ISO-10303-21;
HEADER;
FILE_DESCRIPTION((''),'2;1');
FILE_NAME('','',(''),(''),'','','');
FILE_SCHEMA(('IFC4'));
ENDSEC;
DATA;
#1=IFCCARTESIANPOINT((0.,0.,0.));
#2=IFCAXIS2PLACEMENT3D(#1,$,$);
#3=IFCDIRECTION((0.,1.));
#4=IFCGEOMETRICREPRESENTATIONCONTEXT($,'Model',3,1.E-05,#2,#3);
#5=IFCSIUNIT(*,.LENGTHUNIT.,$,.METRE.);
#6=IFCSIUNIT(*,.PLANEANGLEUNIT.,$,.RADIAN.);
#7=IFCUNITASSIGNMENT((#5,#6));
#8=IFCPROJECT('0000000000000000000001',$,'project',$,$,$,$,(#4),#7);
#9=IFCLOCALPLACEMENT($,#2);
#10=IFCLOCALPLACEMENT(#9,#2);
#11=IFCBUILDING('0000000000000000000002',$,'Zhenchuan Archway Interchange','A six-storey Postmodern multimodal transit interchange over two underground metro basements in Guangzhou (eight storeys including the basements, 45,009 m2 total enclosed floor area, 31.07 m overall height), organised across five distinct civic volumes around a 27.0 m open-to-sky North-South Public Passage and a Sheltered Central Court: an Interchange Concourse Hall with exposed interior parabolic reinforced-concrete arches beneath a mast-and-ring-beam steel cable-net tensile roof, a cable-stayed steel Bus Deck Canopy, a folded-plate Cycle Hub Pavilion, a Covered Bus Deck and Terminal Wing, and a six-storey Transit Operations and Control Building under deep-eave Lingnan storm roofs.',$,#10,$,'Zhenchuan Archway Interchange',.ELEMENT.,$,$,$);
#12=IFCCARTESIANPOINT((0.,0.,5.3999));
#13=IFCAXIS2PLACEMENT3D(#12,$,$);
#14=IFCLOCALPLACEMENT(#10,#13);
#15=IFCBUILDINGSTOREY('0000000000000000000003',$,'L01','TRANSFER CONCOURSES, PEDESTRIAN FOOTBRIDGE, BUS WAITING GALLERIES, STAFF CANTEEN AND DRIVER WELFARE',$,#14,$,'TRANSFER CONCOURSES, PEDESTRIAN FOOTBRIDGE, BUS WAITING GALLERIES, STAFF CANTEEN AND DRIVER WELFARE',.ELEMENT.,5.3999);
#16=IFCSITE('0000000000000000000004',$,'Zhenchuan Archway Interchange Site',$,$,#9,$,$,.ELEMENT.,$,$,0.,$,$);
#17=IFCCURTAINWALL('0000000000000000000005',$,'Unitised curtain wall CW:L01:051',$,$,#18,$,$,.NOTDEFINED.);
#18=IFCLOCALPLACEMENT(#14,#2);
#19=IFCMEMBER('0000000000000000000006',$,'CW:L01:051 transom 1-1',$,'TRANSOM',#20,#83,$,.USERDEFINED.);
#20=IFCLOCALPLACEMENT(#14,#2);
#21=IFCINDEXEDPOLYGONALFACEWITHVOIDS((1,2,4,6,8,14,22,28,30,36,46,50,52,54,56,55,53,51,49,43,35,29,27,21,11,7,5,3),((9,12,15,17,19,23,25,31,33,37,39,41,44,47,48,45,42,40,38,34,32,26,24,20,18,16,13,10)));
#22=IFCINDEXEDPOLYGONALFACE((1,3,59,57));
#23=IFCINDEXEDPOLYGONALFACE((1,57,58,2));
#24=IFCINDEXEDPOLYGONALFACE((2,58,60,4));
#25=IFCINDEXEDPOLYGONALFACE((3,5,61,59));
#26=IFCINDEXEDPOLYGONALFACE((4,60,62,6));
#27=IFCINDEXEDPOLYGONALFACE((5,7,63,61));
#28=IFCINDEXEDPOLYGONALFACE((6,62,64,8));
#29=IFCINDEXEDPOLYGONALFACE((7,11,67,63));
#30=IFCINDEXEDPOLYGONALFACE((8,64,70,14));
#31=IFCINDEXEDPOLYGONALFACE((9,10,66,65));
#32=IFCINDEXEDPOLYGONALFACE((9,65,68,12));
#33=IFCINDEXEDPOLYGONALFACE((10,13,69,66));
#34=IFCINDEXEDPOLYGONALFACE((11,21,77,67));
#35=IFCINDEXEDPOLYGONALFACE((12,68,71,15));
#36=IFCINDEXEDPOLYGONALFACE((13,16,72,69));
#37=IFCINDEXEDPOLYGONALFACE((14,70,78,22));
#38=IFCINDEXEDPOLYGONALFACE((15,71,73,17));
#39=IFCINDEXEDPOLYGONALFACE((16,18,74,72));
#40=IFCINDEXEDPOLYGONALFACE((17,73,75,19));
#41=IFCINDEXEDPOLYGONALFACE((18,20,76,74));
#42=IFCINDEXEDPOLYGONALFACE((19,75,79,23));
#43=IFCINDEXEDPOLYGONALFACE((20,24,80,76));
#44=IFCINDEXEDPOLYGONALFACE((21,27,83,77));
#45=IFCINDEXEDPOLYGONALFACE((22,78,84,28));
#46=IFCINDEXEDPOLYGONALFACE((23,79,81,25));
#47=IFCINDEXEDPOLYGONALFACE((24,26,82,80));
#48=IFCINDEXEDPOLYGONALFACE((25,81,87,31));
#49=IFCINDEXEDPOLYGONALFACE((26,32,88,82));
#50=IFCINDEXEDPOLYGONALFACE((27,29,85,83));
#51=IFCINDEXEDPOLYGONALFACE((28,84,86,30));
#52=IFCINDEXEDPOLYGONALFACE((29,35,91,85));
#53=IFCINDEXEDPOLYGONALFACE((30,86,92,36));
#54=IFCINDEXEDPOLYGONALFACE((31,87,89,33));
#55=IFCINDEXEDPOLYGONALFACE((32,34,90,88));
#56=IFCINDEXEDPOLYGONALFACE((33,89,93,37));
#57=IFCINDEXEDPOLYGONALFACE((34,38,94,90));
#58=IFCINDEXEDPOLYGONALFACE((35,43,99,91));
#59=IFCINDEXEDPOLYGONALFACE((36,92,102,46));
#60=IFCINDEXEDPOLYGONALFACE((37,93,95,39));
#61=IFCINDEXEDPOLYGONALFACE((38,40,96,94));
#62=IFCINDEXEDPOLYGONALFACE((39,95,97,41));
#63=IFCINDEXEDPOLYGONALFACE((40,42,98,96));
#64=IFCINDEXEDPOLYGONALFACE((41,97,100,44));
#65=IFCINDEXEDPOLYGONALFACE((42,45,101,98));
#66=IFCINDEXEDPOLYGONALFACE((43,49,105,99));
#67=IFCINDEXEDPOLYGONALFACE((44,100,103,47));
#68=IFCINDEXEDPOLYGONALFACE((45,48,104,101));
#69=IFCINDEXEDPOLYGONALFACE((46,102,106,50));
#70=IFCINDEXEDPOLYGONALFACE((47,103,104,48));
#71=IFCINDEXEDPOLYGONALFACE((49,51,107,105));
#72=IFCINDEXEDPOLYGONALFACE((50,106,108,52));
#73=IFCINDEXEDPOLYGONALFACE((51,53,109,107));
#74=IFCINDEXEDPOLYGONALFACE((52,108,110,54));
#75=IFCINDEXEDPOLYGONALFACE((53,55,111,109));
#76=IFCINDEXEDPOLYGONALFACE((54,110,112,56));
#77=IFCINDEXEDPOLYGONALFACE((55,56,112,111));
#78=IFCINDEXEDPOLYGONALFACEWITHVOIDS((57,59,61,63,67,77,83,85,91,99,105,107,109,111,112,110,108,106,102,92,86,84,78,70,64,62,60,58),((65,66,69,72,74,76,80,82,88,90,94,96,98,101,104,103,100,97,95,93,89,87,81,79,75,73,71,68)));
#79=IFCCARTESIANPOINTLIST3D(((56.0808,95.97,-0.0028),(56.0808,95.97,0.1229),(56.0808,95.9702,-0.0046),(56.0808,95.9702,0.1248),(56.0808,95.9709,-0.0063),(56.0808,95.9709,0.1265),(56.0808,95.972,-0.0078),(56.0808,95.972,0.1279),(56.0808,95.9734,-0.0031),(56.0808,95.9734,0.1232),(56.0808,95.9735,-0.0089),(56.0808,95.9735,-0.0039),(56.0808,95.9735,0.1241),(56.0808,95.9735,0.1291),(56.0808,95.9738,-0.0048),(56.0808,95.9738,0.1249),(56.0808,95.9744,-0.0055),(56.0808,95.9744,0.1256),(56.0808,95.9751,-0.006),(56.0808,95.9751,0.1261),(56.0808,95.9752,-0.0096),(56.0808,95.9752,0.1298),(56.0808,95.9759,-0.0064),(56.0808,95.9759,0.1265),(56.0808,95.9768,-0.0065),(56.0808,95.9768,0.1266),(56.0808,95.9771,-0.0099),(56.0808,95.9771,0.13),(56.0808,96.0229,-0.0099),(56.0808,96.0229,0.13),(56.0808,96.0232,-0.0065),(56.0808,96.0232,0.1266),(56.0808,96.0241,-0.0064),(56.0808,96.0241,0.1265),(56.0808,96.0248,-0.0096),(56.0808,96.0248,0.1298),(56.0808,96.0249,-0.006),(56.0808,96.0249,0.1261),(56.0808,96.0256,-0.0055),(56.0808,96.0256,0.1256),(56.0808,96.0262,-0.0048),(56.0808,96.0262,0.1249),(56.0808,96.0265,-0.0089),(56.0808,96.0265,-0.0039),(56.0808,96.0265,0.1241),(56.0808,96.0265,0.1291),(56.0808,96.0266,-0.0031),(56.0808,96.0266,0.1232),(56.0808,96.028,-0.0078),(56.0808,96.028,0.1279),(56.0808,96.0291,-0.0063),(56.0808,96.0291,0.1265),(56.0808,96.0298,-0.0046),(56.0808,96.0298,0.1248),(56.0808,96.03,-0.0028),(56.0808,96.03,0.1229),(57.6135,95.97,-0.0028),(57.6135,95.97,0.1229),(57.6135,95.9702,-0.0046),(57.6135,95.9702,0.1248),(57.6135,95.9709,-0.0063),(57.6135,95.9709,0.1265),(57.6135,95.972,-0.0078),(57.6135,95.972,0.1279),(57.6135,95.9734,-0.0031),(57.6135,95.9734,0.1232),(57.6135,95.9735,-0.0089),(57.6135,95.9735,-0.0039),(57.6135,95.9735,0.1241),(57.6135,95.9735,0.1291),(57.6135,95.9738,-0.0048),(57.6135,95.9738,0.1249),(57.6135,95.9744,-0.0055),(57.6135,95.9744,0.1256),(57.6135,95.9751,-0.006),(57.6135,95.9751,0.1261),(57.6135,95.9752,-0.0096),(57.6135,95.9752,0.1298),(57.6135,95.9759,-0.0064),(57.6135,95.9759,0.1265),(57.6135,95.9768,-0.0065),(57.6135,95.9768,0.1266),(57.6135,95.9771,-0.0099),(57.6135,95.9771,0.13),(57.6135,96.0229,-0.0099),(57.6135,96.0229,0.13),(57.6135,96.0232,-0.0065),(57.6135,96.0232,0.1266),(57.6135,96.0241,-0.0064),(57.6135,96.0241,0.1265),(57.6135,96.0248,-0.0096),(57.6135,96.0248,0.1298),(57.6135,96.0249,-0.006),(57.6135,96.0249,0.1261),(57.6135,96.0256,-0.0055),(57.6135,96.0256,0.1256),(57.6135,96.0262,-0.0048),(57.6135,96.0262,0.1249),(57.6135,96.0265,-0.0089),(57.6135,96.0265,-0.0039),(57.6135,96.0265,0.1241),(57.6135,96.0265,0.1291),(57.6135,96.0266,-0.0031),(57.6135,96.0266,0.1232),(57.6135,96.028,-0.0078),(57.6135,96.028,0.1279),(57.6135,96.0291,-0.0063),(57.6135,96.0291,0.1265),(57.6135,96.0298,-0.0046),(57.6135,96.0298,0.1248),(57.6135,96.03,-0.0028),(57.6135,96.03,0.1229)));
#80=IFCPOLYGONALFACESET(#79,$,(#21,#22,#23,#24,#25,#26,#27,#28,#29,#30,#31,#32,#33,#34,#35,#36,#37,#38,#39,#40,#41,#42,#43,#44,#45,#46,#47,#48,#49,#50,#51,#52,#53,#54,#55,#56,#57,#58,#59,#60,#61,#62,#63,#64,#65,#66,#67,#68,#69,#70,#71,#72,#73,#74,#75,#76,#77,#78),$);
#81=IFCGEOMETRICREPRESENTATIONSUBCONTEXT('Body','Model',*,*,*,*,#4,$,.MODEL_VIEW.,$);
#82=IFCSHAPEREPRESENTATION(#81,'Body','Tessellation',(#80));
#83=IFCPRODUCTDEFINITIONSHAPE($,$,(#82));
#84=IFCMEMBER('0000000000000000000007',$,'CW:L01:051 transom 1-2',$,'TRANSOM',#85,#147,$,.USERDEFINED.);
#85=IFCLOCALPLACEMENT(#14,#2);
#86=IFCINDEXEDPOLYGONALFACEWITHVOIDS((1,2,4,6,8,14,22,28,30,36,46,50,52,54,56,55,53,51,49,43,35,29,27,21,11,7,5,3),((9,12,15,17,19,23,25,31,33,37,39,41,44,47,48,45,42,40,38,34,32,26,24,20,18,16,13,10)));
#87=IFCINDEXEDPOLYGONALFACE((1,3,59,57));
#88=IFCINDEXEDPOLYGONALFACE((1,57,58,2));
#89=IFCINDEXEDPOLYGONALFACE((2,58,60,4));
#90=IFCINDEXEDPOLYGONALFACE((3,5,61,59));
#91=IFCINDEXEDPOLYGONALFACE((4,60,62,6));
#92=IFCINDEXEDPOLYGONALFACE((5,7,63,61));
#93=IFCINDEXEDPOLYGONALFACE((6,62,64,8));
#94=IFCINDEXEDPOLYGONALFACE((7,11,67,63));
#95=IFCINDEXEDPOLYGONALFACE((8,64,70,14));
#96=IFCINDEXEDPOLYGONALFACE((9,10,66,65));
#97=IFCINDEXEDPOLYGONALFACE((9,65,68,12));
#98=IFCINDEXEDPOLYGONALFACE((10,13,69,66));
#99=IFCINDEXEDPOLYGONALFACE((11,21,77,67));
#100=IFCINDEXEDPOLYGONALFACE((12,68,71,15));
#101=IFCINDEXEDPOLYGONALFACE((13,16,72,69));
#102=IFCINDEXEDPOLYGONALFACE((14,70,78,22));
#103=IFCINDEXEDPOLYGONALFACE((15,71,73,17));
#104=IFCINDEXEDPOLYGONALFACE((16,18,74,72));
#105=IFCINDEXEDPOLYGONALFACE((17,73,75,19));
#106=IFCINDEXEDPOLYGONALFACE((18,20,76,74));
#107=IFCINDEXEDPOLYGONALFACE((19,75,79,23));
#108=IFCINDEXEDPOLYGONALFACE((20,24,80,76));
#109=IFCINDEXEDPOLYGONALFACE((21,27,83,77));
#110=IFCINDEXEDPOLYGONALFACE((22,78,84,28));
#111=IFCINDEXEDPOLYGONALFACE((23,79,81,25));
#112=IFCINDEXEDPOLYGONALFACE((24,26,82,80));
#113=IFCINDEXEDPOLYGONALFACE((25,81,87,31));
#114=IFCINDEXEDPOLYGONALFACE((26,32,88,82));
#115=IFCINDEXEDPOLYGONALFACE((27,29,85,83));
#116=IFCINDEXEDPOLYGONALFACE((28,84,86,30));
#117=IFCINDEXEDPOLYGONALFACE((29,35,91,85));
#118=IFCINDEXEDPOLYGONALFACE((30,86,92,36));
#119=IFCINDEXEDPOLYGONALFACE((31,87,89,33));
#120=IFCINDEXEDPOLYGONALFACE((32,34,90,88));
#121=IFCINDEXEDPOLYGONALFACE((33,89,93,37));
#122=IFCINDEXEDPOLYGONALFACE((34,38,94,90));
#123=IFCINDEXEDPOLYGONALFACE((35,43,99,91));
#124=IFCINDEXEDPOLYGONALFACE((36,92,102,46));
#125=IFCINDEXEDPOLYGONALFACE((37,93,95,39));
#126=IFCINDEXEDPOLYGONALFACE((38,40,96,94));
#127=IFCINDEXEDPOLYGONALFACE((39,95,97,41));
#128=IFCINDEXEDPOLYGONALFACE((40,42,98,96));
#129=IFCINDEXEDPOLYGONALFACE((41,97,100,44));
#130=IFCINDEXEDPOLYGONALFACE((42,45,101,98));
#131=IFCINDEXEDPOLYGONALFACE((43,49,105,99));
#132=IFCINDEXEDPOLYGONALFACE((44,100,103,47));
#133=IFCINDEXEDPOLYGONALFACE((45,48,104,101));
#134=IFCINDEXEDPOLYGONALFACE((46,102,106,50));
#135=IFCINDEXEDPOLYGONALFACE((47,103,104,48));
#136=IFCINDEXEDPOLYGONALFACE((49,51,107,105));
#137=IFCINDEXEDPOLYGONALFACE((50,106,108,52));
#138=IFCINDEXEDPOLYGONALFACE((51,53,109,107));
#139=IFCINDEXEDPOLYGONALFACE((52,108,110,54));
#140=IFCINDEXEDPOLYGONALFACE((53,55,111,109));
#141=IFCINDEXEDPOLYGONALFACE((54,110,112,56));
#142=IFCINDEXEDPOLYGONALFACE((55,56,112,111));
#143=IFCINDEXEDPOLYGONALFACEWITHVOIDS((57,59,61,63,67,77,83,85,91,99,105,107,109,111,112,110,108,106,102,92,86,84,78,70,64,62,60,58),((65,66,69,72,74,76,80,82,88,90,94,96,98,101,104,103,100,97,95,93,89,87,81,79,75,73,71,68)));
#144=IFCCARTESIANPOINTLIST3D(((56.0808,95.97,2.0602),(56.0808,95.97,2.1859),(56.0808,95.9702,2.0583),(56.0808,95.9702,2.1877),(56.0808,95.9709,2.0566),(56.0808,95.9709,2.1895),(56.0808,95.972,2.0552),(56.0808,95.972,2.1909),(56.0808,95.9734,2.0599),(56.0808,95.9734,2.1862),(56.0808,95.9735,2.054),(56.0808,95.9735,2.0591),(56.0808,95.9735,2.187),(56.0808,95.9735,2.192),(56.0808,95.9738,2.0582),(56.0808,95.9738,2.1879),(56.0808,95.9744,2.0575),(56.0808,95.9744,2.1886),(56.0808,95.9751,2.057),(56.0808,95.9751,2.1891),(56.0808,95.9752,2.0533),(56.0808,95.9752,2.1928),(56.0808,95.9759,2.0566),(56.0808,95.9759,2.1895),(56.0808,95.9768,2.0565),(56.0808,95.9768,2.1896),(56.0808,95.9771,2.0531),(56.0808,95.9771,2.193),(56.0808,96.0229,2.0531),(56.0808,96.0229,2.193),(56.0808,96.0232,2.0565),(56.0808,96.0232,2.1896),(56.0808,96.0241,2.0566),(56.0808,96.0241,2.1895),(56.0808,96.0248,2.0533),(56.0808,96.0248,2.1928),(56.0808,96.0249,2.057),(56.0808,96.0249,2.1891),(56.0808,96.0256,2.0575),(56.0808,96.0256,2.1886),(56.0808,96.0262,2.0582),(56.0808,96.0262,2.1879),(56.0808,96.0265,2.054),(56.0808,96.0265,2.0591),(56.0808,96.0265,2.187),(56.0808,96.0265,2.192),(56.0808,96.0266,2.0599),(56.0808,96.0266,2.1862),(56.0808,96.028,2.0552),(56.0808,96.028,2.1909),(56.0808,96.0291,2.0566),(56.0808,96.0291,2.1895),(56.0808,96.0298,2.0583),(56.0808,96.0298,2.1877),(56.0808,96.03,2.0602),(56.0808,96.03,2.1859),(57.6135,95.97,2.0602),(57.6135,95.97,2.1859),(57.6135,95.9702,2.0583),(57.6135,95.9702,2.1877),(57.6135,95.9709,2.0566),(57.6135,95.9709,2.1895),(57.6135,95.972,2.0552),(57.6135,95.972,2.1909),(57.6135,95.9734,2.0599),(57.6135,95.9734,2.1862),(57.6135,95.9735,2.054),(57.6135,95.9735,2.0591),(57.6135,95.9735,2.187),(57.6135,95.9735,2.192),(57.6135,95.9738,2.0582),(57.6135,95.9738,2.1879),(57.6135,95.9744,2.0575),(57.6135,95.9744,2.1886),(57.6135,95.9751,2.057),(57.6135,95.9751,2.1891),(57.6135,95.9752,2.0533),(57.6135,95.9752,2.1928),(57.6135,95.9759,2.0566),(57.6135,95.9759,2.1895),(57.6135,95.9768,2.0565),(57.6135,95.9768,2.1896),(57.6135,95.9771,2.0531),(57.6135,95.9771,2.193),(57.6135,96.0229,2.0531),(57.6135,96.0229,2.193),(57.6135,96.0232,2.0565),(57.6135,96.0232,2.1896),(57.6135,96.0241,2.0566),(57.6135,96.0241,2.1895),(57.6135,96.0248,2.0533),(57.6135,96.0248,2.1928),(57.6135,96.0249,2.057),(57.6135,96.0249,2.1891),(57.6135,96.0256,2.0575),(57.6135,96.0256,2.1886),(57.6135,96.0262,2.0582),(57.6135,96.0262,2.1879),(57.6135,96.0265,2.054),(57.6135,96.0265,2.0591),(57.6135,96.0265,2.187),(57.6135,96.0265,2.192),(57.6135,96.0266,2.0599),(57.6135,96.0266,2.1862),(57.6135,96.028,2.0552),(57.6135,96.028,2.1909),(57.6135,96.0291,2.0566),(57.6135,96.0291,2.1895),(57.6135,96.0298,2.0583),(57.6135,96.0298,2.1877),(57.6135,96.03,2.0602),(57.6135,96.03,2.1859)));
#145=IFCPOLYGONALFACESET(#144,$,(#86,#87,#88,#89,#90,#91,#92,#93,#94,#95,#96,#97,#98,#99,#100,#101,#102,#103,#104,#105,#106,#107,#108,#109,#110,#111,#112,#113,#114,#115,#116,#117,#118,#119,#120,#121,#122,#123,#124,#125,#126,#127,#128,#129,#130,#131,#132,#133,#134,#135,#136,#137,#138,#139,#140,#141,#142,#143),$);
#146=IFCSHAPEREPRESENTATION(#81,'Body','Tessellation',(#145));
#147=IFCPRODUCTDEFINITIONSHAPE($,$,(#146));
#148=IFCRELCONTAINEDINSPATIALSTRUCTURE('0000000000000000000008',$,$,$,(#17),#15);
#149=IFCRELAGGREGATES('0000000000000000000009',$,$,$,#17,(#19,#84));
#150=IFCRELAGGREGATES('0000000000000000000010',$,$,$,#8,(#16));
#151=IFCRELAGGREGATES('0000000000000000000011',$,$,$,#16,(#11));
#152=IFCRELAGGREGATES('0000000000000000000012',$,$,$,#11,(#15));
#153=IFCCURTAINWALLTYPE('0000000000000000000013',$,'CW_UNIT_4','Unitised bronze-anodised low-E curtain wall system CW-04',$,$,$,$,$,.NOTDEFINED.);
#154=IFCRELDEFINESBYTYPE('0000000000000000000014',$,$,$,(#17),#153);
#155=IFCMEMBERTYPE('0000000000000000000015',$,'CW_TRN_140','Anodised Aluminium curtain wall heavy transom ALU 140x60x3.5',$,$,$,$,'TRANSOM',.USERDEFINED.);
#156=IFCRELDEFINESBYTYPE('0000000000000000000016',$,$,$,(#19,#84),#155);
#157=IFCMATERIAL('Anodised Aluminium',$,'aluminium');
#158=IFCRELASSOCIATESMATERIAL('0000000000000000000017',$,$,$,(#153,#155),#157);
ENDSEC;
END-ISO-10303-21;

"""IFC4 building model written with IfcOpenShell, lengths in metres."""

from ifc_helpers import new_model, si_unit, direction, frame, origin, origin_2d, place, context, subcontext, project, spatial, hollow_rectangle, extrude, material, material_profile, profile_set, type_object, element, aggregate, save


model = new_model("IFC4")

# Units and contexts
model_context = context("Model", 3, precision=1e-05, world=origin(), true_north=direction((0.0, 1.0)))
body_context = subcontext(model_context, "Body", "Model", "MODEL_VIEW")
ifc_project = project(units=[si_unit("LENGTHUNIT", "METRE"), si_unit("PLANEANGLEUNIT", "RADIAN")], contexts=[model_context])

# Site, building, storey
site_placement = place(None, origin())
site = spatial("IfcSite", under=ifc_project, at=site_placement, Name="Zhenchuan Archway Interchange Site", CompositionType="ELEMENT", RefElevation=0.0)
building_placement = place(site_placement, origin())
building = spatial("IfcBuilding", under=site, at=building_placement, Name="Zhenchuan Archway Interchange", Description="A six-storey Postmodern multimodal transit interchange over two underground metro basements in Guangzhou (eight storeys including the basements, 45,009 m2 total enclosed floor area, 31.07 m overall height), organised across five distinct civic volumes around a 27.0 m open-to-sky North-South Public Passage and a Sheltered Central Court: an Interchange Concourse Hall with exposed interior parabolic reinforced-concrete arches beneath a mast-and-ring-beam steel cable-net tensile roof, a cable-stayed steel Bus Deck Canopy, a folded-plate Cycle Hub Pavilion, a Covered Bus Deck and Terminal Wing, and a six-storey Transit Operations and Control Building under deep-eave Lingnan storm roofs.", LongName="Zhenchuan Archway Interchange", CompositionType="ELEMENT")
storey_placement = place(building_placement, frame((0.0, 0.0, 5.3999)))
storey = spatial("IfcBuildingStorey", under=building, at=storey_placement, Name="L01", Description="TRANSFER CONCOURSES, PEDESTRIAN FOOTBRIDGE, BUS WAITING GALLERIES, STAFF CANTEEN AND DRIVER WELFARE", LongName="TRANSFER CONCOURSES, PEDESTRIAN FOOTBRIDGE, BUS WAITING GALLERIES, STAFF CANTEEN AND DRIVER WELFARE", CompositionType="ELEMENT", Elevation=5.3999)

# Curtain wall, members
ifc_material_1 = material(Name="Anodised Aluminium", Category="aluminium")
curtain_wall_type = type_object("IfcCurtainWallType", Name="CW_UNIT_4", Description="Unitised bronze-anodised low-E curtain wall system CW-04", PredefinedType="NOTDEFINED", material=ifc_material_1)
curtain_wall_placement = place(storey_placement, origin())
curtain_wall = element("IfcCurtainWall", 1, at=curtain_wall_placement, inside=storey, type_object=curtain_wall_type, Name="Unitised curtain wall CW:L01:051", PredefinedType="NOTDEFINED")
ifc_material_profile_1 = material_profile(ifc_material_1, hollow_rectangle(XDim=0.0601, YDim=0.1399, WallThickness=0.0034, InnerFilletRadius=0.0034, OuterFilletRadius=0.0071, at=origin_2d()), Name="ALU 140x60x3.5")
ifc_profile_set_1 = profile_set([ifc_material_profile_1], Name="Anodised Aluminium")
member_type_1 = type_object("IfcMemberType", Name="CW_TRN_140", Description="Anodised Aluminium curtain wall heavy transom ALU 140x60x3.5", ElementType="TRANSOM", PredefinedType="USERDEFINED", material=ifc_profile_set_1)
member_1_placement = place(storey_placement, frame((56.0808, 96.0, 0.0601), z_axis=(1.0, 0.0, 0.0), x_axis=(0.0, 1.0, 0.0)))
member_1 = element("IfcMember", 2, at=member_1_placement, type_object=member_type_1, Name="CW:L01:051 transom 1-1", ObjectType="TRANSOM", PredefinedType="USERDEFINED", context=body_context, shape_type="SweptSolid", body=[
    extrude(hollow_rectangle(XDim=0.0601, YDim=0.1399, WallThickness=0.0034, InnerFilletRadius=0.0034, OuterFilletRadius=0.0071, at=origin_2d()), origin(), (0.0, 0.0, 1.0), 1.5327),
])
member_2_placement = place(storey_placement, frame((56.0808, 96.0, 2.123), z_axis=(1.0, 0.0, 0.0), x_axis=(0.0, 1.0, 0.0)))
member_2 = element("IfcMember", 3, at=member_2_placement, type_object=member_type_1, Name="CW:L01:051 transom 1-2", ObjectType="TRANSOM", PredefinedType="USERDEFINED", context=body_context, shape_type="SweptSolid", body=[
    extrude(hollow_rectangle(XDim=0.0601, YDim=0.1399, WallThickness=0.0034, InnerFilletRadius=0.0034, OuterFilletRadius=0.0071, at=origin_2d()), origin(), (0.0, 0.0, 1.0), 1.5327),
])

aggregate(curtain_wall, [member_1, member_2])

save(model, "model.ifc")
